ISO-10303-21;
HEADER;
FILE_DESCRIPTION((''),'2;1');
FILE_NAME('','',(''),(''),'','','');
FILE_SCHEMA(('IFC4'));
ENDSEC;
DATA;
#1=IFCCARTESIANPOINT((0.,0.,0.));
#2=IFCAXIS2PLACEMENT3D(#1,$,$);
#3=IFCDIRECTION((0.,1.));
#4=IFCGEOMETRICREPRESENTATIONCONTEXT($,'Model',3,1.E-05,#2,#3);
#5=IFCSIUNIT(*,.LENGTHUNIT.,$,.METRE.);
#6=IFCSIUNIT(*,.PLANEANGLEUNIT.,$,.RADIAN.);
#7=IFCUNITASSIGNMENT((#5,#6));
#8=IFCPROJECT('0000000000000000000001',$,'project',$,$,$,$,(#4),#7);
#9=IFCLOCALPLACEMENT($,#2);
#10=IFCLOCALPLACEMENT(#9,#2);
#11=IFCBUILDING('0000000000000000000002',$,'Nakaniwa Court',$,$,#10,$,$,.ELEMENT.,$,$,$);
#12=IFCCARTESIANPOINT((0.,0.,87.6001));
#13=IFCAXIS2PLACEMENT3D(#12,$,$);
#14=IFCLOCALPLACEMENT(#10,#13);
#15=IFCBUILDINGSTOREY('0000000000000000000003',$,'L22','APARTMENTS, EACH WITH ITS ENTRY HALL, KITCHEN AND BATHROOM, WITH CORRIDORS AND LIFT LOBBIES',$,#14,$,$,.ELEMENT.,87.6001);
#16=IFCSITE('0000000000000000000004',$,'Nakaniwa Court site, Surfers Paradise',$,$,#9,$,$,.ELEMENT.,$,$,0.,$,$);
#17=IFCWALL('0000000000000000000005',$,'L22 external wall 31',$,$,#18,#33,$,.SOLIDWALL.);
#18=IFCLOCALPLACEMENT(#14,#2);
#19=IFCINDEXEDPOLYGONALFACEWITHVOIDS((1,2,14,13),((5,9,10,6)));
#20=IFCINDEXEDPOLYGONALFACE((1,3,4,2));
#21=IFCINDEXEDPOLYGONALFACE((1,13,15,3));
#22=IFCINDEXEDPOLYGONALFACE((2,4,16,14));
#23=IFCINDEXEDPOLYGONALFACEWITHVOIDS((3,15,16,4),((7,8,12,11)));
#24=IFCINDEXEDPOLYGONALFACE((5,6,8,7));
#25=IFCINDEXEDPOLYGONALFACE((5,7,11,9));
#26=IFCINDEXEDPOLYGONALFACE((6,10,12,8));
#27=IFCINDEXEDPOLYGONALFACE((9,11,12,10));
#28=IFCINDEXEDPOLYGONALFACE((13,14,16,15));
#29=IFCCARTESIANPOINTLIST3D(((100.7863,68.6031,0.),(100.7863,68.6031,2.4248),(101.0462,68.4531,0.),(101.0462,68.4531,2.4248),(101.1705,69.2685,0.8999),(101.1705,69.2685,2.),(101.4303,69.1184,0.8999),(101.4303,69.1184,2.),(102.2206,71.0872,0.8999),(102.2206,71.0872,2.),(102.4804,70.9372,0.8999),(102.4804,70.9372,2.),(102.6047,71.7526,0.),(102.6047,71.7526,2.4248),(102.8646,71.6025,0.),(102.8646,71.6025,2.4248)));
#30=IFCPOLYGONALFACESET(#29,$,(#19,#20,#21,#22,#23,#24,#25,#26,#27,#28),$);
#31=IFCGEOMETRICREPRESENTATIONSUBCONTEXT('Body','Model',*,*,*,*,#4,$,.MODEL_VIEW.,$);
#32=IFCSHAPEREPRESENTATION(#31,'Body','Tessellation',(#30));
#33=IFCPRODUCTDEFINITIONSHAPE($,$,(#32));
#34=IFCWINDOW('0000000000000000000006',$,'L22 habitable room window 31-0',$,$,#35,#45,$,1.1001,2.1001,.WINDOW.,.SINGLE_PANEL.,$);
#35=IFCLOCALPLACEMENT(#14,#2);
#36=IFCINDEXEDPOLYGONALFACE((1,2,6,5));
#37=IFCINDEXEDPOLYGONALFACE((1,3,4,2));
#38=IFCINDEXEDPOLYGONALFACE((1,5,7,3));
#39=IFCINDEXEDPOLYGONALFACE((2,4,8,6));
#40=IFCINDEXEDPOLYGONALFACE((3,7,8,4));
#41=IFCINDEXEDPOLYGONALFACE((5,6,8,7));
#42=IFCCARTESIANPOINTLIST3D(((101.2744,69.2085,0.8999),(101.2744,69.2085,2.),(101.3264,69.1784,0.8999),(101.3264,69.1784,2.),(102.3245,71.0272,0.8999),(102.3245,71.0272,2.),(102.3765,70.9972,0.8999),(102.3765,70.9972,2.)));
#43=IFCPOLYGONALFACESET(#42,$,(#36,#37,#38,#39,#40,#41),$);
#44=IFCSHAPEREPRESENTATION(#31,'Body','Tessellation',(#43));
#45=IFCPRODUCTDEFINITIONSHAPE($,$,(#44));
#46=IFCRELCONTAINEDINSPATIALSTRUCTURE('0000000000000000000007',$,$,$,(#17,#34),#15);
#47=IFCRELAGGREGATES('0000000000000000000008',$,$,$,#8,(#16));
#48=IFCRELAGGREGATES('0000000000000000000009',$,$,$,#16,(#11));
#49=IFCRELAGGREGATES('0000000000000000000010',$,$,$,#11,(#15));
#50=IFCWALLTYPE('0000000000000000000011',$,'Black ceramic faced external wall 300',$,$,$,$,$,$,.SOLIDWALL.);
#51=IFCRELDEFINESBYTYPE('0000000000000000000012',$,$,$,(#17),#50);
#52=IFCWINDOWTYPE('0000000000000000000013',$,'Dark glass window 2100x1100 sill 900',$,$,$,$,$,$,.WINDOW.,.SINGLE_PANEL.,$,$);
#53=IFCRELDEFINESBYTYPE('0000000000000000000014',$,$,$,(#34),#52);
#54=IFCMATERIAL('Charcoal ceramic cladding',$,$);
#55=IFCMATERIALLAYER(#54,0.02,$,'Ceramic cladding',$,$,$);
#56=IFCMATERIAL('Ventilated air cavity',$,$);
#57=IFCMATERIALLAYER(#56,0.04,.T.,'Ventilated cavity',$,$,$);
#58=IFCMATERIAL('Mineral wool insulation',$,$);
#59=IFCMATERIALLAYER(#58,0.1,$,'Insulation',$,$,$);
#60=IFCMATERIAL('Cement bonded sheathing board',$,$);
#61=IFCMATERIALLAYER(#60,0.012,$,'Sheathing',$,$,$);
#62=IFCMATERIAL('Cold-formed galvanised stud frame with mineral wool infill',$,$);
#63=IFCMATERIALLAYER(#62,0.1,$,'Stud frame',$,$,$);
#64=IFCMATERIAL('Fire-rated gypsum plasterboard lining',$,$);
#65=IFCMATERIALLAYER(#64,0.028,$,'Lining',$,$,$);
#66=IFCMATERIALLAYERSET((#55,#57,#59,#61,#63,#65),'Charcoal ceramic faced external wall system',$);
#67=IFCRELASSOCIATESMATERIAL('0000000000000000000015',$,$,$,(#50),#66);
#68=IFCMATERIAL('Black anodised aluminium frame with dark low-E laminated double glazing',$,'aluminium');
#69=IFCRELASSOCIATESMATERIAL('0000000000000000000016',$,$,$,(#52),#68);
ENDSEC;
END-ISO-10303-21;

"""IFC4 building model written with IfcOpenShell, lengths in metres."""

from ifc_helpers import new_model, si_unit, direction, frame, frame_2d, origin, place, context, subcontext, project, spatial, rectangle, extrude, material, layer, layer_set, type_object, element, fill, save


model = new_model("IFC4")

# Units and contexts
model_context = context("Model", 3, precision=1e-05, world=origin(), true_north=direction((0.0, 1.0)))
body_context = subcontext(model_context, "Body", "Model", "MODEL_VIEW")
ifc_project = project(units=[si_unit("LENGTHUNIT", "METRE"), si_unit("PLANEANGLEUNIT", "RADIAN")], contexts=[model_context])

# Site, building, storey
site_placement = place(None, origin())
site = spatial("IfcSite", under=ifc_project, at=site_placement, Name="Nakaniwa Court site, Surfers Paradise", CompositionType="ELEMENT", RefElevation=0.0)
building_placement = place(site_placement, origin())
building = spatial("IfcBuilding", under=site, at=building_placement, Name="Nakaniwa Court", CompositionType="ELEMENT")
storey_placement = place(building_placement, frame((0.0, 0.0, 87.6001)))
storey = spatial("IfcBuildingStorey", under=building, at=storey_placement, Name="L22", Description="APARTMENTS, EACH WITH ITS ENTRY HALL, KITCHEN AND BATHROOM, WITH CORRIDORS AND LIFT LOBBIES", CompositionType="ELEMENT", Elevation=87.6001)

# Wall, opening, window
ifc_material_1 = material(Name="Charcoal ceramic cladding")
ifc_layer_1 = layer(ifc_material_1, 0.02, Name="Ceramic cladding")
ifc_material_2 = material(Name="Ventilated air cavity")
ifc_layer_2 = layer(ifc_material_2, 0.04, ventilated=True, Name="Ventilated cavity")
ifc_material_3 = material(Name="Mineral wool insulation")
ifc_layer_3 = layer(ifc_material_3, 0.1, Name="Insulation")
ifc_material_4 = material(Name="Cement bonded sheathing board")
ifc_layer_4 = layer(ifc_material_4, 0.012, Name="Sheathing")
ifc_material_5 = material(Name="Cold-formed galvanised stud frame with mineral wool infill")
ifc_layer_5 = layer(ifc_material_5, 0.1, Name="Stud frame")
ifc_material_6 = material(Name="Fire-rated gypsum plasterboard lining")
ifc_layer_6 = layer(ifc_material_6, 0.028, Name="Lining")
ifc_layer_set_1 = layer_set([ifc_layer_1, ifc_layer_2, ifc_layer_3, ifc_layer_4, ifc_layer_5, ifc_layer_6], Name="Charcoal ceramic faced external wall system")
wall_type_1 = type_object("IfcWallType", Name="Black ceramic faced external wall 300", PredefinedType="SOLIDWALL", material=ifc_layer_set_1)
ifc_material_7 = material(Name="Black anodised aluminium frame with dark low-E laminated double glazing", Category="aluminium")
window_type_1 = type_object("IfcWindowType", Name="Dark glass window 2100x1100 sill 900", PartitioningType="SINGLE_PANEL", PredefinedType="WINDOW", material=ifc_material_7)
wall_1_placement = place(storey_placement, frame((100.9163, 68.5281, 0.0), z_axis=(0.0, 0.0, 1.0), x_axis=(0.500009, 0.86602, 0.0)))
wall_1 = element("IfcWall", 1, at=wall_1_placement, inside=storey, type_object=wall_type_1, Name="L22 external wall 31", PredefinedType="SOLIDWALL", context=body_context, shape_type="SweptSolid", body=[
    extrude(rectangle(XDim=3.6367, YDim=0.3, at=frame_2d((1.8184, 0.0))), origin(), (0.0, 0.0, 1.0), 2.4248),
])
opening_1_placement = place(wall_1_placement, frame((0.7683, 0.0, 0.8999)))
opening_1 = element("IfcOpeningElement", 2, at=opening_1_placement, cuts=wall_1, PredefinedType="OPENING", context=body_context, shape_type="SweptSolid", body=[
    extrude(rectangle(XDim=2.1001, YDim=1.1001, at=frame_2d((1.05, 0.55))), frame((0.0, 0.1599, 0.0), z_axis=(0.0, -1.0, 0.0), x_axis=(1.0, 0.0, 0.0)), (0.0, 0.0, 1.0), 0.3201),
])
window_1_placement = place(opening_1_placement, origin())
window_1 = element("IfcWindow", 3, at=window_1_placement, inside=storey, type_object=window_type_1, Name="L22 habitable room window 31-0", OverallHeight=1.1001, OverallWidth=2.1001, PartitioningType="SINGLE_PANEL", PredefinedType="WINDOW", context=body_context, shape_type="SweptSolid", body=[
    extrude(rectangle(XDim=2.1001, YDim=1.1001, at=frame_2d((1.05, 0.55))), frame((0.0, 0.03, 0.0), z_axis=(0.0, -1.0, 0.0), x_axis=(1.0, 0.0, 0.0)), (0.0, 0.0, 1.0), 0.0601),
])
fill(opening_1, window_1)

save(model, "model.ifc")
